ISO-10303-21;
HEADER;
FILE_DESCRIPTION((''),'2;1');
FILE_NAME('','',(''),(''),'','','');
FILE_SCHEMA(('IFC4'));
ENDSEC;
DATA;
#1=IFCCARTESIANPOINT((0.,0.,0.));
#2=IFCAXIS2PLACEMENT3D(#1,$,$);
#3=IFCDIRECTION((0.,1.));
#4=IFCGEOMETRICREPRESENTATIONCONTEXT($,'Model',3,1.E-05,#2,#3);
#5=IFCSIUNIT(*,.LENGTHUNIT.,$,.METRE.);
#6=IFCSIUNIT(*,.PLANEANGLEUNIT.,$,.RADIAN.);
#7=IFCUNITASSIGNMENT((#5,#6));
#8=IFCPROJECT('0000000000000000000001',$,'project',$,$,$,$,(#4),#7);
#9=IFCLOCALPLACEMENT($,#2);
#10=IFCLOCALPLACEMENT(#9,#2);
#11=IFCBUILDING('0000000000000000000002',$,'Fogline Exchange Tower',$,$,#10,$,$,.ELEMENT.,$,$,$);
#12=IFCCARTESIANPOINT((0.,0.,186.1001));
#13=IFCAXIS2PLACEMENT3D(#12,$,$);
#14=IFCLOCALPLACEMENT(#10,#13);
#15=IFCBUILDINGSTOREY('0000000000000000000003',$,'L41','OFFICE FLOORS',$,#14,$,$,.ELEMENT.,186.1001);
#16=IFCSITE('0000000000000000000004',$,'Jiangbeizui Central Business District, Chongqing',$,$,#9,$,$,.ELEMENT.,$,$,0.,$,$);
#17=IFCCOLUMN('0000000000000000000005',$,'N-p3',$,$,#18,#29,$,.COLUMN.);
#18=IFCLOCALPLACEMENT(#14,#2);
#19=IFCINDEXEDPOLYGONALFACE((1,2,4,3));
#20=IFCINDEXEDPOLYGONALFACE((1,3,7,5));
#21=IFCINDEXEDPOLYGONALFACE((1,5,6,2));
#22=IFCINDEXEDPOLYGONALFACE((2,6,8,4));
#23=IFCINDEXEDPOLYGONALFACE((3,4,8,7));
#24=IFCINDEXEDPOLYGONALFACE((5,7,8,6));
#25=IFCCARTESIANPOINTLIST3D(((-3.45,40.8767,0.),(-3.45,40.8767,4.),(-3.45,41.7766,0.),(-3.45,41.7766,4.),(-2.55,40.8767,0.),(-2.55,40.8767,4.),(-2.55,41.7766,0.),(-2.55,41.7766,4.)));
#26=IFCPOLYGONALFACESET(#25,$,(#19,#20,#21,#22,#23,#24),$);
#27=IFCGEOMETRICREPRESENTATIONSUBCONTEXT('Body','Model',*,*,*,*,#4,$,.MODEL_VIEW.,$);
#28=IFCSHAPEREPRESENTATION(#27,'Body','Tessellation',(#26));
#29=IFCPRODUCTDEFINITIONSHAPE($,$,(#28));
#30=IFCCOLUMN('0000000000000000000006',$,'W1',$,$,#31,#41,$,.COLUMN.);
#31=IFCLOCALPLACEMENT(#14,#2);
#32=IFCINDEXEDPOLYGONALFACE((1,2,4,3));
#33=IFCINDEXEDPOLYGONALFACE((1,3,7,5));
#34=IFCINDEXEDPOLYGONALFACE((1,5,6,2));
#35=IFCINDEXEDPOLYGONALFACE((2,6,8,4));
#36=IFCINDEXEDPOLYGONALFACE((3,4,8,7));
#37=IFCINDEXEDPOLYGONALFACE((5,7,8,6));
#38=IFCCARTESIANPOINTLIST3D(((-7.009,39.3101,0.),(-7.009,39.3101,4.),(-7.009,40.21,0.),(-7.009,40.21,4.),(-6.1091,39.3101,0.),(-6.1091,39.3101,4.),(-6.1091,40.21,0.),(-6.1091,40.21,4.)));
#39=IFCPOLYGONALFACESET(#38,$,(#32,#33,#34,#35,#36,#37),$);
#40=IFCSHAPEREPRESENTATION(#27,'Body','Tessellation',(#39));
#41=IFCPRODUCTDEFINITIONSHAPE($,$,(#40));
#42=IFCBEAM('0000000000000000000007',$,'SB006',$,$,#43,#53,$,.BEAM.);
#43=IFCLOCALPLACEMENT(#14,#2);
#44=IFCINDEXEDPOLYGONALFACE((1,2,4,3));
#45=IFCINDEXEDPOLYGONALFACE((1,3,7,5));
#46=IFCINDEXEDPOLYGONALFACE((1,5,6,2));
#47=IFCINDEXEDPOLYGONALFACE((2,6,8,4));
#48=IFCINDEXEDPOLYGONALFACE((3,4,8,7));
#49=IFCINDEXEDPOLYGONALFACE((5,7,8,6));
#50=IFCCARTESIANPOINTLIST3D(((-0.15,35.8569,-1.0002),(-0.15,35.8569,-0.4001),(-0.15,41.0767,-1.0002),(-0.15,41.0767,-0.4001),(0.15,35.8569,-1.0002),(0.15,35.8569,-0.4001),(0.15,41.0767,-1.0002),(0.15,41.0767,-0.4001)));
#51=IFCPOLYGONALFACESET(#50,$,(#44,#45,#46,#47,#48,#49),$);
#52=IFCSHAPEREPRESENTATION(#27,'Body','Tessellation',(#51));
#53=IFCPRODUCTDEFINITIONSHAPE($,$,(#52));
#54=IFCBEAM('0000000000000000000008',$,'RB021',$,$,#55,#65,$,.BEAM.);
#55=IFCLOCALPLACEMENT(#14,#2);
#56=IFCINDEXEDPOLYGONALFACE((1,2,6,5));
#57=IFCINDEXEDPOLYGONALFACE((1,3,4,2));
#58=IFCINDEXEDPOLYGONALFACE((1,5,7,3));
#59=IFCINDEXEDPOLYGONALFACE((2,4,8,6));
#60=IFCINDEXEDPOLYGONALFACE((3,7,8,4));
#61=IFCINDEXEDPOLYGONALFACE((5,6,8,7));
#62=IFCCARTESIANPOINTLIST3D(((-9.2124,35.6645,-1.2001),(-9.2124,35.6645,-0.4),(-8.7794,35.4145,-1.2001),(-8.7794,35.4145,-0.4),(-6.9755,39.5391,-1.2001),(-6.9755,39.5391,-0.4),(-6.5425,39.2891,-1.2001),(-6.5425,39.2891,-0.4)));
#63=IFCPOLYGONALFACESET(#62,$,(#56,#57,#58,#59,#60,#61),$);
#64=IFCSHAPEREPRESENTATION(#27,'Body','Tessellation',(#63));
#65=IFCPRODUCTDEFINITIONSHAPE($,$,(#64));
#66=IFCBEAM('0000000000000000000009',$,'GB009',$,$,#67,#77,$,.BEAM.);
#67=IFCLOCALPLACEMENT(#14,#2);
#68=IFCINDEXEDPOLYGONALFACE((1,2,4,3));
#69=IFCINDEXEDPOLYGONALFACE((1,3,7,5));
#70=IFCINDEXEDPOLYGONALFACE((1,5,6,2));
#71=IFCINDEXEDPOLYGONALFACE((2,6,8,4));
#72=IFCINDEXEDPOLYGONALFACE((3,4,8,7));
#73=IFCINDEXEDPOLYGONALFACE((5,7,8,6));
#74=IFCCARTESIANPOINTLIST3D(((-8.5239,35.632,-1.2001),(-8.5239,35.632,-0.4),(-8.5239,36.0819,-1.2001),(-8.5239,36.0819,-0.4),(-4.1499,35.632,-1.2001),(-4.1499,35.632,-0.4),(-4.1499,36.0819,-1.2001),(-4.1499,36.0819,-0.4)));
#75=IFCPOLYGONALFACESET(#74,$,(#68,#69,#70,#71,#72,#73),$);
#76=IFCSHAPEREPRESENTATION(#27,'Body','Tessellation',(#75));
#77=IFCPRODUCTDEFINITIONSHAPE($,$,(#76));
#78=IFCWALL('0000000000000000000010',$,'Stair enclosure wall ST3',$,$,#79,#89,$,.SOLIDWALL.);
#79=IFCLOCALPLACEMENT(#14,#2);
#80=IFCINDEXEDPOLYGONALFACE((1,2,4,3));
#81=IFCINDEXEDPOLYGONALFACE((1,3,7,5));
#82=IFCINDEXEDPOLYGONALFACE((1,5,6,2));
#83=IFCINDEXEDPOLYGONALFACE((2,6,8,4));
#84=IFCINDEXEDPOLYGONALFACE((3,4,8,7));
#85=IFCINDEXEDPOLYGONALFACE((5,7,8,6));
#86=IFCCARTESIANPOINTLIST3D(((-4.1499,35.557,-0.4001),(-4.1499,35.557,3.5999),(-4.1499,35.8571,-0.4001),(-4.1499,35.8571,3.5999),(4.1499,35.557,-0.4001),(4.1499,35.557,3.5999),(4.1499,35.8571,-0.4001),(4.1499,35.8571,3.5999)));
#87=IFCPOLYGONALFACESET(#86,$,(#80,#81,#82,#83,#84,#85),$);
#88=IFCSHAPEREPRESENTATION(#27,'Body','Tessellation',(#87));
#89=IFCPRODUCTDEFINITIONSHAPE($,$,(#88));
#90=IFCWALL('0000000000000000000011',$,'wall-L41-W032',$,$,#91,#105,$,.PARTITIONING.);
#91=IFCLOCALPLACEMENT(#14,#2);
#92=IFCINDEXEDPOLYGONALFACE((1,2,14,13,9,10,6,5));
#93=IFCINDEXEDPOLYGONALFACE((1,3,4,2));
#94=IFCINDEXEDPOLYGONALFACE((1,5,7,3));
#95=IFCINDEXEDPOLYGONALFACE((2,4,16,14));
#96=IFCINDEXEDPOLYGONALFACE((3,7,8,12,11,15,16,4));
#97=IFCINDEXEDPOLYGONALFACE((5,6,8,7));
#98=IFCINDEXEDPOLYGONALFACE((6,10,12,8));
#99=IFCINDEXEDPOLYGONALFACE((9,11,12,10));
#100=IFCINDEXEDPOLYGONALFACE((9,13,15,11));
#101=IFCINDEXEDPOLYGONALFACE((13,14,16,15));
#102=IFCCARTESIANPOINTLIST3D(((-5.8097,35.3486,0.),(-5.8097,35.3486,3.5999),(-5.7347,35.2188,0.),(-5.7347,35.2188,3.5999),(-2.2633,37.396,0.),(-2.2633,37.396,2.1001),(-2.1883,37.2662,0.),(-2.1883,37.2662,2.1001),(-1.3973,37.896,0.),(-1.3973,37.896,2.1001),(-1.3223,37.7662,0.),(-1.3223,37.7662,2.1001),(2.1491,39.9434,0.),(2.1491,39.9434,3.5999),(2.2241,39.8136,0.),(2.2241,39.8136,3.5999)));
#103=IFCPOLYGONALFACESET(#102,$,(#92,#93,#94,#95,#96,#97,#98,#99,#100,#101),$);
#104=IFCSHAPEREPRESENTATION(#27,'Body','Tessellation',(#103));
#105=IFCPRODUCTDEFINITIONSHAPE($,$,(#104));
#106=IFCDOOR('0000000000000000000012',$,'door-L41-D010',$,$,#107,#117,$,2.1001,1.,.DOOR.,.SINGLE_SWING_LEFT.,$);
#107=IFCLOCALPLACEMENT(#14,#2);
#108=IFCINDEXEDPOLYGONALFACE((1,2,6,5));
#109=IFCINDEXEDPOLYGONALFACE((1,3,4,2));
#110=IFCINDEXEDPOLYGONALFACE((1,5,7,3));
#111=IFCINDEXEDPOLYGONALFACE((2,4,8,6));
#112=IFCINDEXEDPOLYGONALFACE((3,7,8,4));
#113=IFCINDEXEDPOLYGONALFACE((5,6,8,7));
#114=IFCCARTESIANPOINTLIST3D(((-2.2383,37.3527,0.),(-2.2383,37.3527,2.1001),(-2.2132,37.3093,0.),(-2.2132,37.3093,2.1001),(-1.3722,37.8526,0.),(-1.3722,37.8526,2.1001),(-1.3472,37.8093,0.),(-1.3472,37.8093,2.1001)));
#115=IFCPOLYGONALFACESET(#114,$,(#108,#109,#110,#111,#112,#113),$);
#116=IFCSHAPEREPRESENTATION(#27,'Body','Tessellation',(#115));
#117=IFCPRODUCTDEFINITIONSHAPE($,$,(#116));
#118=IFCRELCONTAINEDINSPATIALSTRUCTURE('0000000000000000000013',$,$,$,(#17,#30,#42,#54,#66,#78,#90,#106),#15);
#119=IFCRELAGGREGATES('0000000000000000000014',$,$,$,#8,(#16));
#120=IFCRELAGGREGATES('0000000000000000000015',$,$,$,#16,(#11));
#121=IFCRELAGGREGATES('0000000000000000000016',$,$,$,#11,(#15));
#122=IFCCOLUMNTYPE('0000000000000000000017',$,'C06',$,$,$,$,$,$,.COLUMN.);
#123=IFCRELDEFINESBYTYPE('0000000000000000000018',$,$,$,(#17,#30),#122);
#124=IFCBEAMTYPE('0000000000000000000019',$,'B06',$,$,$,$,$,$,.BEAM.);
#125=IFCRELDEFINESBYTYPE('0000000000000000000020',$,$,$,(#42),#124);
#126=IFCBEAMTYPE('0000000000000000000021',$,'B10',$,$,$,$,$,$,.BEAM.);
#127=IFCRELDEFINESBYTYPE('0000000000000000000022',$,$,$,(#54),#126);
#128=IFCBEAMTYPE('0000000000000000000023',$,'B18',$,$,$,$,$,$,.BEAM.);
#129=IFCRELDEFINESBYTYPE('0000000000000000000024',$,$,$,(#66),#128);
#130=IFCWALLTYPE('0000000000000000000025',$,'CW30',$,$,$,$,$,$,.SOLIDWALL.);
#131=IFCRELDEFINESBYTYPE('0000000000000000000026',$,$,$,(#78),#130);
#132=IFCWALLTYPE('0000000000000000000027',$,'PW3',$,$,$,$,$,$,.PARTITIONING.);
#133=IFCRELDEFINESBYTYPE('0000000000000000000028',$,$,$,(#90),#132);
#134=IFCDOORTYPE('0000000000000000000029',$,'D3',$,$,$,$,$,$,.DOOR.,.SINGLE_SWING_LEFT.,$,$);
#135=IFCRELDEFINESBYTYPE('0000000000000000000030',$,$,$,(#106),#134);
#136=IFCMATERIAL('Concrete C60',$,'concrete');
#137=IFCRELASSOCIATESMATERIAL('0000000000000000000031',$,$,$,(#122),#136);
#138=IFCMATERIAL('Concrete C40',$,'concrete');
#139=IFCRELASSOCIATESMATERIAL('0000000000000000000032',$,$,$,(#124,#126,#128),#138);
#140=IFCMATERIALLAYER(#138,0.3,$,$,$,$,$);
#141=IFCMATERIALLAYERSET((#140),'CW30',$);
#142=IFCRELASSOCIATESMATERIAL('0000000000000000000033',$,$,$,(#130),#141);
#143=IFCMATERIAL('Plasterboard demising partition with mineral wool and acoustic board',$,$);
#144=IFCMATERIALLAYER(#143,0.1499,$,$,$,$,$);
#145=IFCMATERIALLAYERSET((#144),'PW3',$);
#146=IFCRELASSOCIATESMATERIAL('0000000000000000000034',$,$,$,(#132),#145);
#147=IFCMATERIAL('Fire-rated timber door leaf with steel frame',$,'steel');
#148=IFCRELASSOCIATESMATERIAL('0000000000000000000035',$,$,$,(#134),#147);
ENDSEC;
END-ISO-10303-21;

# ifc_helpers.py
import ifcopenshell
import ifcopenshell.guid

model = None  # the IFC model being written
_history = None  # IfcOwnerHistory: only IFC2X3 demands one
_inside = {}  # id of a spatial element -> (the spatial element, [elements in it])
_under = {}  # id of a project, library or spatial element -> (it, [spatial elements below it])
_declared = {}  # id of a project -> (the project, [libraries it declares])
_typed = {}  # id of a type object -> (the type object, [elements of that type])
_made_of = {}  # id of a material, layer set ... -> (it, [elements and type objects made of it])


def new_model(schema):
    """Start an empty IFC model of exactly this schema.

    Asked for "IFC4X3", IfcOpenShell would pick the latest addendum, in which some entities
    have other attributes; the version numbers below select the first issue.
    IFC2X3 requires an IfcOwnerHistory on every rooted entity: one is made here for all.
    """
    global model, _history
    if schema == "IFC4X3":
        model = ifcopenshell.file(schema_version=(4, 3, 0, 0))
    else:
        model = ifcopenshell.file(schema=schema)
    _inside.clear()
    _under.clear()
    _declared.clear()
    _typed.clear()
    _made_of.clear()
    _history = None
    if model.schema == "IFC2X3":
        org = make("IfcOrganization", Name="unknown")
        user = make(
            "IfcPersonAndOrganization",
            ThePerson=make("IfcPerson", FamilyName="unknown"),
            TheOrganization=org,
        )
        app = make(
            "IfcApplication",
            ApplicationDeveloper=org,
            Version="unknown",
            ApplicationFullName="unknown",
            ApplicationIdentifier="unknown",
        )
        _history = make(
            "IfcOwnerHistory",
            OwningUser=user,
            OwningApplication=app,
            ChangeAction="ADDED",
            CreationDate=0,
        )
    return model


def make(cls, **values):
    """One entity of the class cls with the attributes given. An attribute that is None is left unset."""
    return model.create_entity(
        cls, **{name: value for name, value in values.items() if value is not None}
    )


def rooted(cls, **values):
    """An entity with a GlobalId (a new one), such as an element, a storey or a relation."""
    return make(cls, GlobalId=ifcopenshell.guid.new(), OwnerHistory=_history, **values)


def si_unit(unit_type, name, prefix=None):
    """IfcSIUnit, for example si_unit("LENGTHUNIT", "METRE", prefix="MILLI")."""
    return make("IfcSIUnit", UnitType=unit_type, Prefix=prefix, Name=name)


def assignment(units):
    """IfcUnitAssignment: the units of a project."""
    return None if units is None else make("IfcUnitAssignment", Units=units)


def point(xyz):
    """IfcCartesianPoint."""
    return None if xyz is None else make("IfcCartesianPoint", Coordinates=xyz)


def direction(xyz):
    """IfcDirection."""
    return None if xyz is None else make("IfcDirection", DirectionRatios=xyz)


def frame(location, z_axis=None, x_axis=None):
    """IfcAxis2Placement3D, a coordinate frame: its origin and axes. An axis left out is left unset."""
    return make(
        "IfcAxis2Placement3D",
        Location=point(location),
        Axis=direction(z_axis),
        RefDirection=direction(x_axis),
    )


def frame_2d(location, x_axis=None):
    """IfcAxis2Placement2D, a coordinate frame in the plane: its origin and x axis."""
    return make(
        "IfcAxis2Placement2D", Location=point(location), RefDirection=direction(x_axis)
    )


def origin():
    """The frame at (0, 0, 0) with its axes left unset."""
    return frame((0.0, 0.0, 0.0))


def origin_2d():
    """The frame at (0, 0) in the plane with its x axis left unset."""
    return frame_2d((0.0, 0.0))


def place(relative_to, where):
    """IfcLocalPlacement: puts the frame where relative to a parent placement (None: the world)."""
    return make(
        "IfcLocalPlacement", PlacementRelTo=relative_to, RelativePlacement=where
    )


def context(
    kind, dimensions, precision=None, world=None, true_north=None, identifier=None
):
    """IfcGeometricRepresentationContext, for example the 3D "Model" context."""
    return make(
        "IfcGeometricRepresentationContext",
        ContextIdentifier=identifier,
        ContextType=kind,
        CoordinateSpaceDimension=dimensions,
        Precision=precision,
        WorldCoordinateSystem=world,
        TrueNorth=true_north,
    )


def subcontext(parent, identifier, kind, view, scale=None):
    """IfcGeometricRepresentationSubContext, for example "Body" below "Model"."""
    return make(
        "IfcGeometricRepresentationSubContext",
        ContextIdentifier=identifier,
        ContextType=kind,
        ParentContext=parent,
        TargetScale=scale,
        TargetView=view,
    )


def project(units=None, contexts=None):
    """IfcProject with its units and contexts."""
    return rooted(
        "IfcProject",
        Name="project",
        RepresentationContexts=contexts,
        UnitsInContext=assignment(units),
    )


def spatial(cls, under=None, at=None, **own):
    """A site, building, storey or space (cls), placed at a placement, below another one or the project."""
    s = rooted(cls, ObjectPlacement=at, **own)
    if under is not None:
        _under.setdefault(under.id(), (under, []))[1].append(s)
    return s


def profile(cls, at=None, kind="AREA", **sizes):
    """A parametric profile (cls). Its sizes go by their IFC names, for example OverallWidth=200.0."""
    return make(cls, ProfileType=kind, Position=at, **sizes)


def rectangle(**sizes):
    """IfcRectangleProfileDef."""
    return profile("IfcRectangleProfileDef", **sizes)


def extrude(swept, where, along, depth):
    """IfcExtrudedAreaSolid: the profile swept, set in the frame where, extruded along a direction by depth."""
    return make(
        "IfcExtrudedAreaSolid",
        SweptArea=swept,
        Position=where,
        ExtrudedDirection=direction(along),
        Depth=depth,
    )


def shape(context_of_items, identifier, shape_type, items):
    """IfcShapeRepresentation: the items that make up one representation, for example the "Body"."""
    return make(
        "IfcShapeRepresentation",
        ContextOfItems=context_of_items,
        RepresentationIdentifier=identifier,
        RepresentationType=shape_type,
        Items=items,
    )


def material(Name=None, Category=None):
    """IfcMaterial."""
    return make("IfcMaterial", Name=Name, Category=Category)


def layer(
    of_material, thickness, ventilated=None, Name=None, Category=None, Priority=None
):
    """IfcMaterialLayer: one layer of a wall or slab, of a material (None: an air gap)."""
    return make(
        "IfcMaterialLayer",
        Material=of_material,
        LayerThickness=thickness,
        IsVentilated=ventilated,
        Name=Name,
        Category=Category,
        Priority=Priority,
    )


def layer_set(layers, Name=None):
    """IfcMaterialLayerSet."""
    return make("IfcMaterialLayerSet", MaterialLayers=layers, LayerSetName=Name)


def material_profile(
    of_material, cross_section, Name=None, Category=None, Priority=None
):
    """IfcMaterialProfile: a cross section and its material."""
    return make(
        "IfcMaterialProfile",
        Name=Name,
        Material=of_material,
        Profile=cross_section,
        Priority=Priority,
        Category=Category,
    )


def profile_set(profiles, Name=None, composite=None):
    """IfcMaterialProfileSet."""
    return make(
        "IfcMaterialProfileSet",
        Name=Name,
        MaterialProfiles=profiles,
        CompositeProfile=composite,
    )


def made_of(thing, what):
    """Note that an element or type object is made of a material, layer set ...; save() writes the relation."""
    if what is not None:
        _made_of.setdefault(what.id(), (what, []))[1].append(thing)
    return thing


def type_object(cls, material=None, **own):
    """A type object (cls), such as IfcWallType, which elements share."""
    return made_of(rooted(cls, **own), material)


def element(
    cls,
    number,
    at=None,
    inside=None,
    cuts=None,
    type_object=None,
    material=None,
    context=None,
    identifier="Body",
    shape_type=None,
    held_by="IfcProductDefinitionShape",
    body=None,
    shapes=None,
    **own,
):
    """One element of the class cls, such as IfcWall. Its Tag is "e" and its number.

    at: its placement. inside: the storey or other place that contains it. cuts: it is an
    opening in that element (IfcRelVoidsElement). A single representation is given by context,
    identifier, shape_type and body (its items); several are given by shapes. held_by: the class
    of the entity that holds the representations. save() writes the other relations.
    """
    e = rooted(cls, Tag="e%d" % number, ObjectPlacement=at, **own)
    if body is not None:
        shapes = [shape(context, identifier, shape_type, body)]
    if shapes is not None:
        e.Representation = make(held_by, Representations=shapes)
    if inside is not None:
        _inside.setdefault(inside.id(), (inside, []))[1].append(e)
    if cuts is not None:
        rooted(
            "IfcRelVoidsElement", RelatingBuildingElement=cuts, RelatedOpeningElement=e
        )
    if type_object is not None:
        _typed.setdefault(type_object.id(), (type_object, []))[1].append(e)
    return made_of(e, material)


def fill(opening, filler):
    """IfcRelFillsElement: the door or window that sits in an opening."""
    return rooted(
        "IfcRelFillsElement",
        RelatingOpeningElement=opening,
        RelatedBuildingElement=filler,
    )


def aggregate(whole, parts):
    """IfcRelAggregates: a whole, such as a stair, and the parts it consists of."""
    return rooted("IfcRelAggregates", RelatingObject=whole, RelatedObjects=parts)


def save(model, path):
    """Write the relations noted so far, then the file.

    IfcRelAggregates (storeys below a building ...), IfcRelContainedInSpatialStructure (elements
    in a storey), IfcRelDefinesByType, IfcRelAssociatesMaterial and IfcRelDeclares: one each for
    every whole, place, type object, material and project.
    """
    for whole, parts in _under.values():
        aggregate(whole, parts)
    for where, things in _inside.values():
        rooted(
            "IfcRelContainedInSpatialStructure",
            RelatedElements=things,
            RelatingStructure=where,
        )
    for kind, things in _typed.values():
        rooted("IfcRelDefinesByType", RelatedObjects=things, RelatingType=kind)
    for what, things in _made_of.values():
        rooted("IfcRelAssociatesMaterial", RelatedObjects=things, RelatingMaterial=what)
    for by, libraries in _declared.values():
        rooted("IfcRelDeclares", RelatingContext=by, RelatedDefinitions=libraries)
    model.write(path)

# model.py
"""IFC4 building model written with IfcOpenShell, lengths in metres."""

from ifc_helpers import new_model, si_unit, direction, frame, frame_2d, origin, origin_2d, place, context, subcontext, project, spatial, rectangle, extrude, material, layer, layer_set, material_profile, profile_set, type_object, element, fill, save


model = new_model("IFC4")

# Units and contexts
model_context = context("Model", 3, precision=1e-05, world=origin(), true_north=direction((0.0, 1.0)))
body_context = subcontext(model_context, "Body", "Model", "MODEL_VIEW")
ifc_project = project(units=[si_unit("LENGTHUNIT", "METRE"), si_unit("PLANEANGLEUNIT", "RADIAN")], contexts=[model_context])

# Site, building, storey
site_placement = place(None, origin())
site = spatial("IfcSite", under=ifc_project, at=site_placement, Name="Jiangbeizui Central Business District, Chongqing", CompositionType="ELEMENT", RefElevation=0.0)
building_placement = place(site_placement, origin())
building = spatial("IfcBuilding", under=site, at=building_placement, Name="Fogline Exchange Tower", CompositionType="ELEMENT")
storey_placement = place(building_placement, frame((0.0, 0.0, 186.1001)))
storey = spatial("IfcBuildingStorey", under=building, at=storey_placement, Name="L41", Description="OFFICE FLOORS", CompositionType="ELEMENT", Elevation=186.1001)

# Columns
ifc_material_1 = material(Name="Concrete C60", Category="concrete")
ifc_material_profile_1 = material_profile(ifc_material_1, rectangle(XDim=0.8999, YDim=0.8999, at=origin_2d()), Name="RC 900x900")
ifc_profile_set_1 = profile_set([ifc_material_profile_1], Name="Concrete C60")
column_type = type_object("IfcColumnType", Name="C06", PredefinedType="COLUMN", material=ifc_profile_set_1)
for number, where, z_axis, x_axis, name in (
    (1, (-3.0, 41.3267, 0.0), (0.0, 0.0, 1.0), (1.0, 0.0, 0.0), "N-p3"),
    (2, (-6.5591, 39.76, 0.0), (0.0, 0.0, 1.0), (1.0, 0.0, 0.0), "W1"),
):
    element("IfcColumn", number, at=place(storey_placement, frame(where, z_axis=z_axis, x_axis=x_axis)), inside=storey, type_object=column_type, Name=name, PredefinedType="COLUMN", context=body_context, shape_type="SweptSolid", body=[
        extrude(rectangle(XDim=0.8999, YDim=0.8999, at=origin_2d()), origin(), (0.0, 0.0, 1.0), 4.0),
    ])

# Beams
ifc_material_2 = material(Name="Concrete C40", Category="concrete")
ifc_material_profile_2 = material_profile(ifc_material_2, rectangle(XDim=0.3, YDim=0.6001, at=origin_2d()), Name="RC 300x600")
ifc_profile_set_2 = profile_set([ifc_material_profile_2], Name="Concrete C40")
beam_type_1 = type_object("IfcBeamType", Name="B06", PredefinedType="BEAM", material=ifc_profile_set_2)
beam_1_placement = place(storey_placement, frame((0.0, 35.8569, -0.7002), z_axis=(0.0, 1.0, 0.0), x_axis=(-1.0, 0.0, 0.0)))
element("IfcBeam", 3, at=beam_1_placement, inside=storey, type_object=beam_type_1, Name="SB006", PredefinedType="BEAM", context=body_context, shape_type="SweptSolid", body=[
    extrude(rectangle(XDim=0.3, YDim=0.6001, at=origin_2d()), origin(), (0.0, 0.0, 1.0), 5.2197),
])
ifc_material_profile_3 = material_profile(ifc_material_2, rectangle(XDim=0.5, YDim=0.8, at=origin_2d()), Name="RC 500x800")
ifc_profile_set_3 = profile_set([ifc_material_profile_3], Name="Concrete C40")
beam_type_2 = type_object("IfcBeamType", Name="B10", PredefinedType="BEAM", material=ifc_profile_set_3)
beam_2_placement = place(storey_placement, frame((-6.759, 39.4141, -0.8), z_axis=(-0.499978, -0.866038, 0.0), x_axis=(0.866038, -0.499978, 0.0)))
element("IfcBeam", 4, at=beam_2_placement, inside=storey, type_object=beam_type_2, Name="RB021", PredefinedType="BEAM", context=body_context, shape_type="SweptSolid", body=[
    extrude(rectangle(XDim=0.5, YDim=0.8, at=origin_2d()), origin(), (0.0, 0.0, 1.0), 4.4739),
])
ifc_material_profile_4 = material_profile(ifc_material_2, rectangle(XDim=0.45, YDim=0.8, at=origin_2d()), Name="RC 450x800")
ifc_profile_set_4 = profile_set([ifc_material_profile_4], Name="Concrete C40")
beam_type_3 = type_object("IfcBeamType", Name="B18", PredefinedType="BEAM", material=ifc_profile_set_4)
beam_3_placement = place(storey_placement, frame((-8.5239, 35.8569, -0.8), z_axis=(1.0, 0.0, 0.0), x_axis=(0.0, 1.0, 0.0)))
element("IfcBeam", 5, at=beam_3_placement, inside=storey, type_object=beam_type_3, Name="GB009", PredefinedType="BEAM", context=body_context, shape_type="SweptSolid", body=[
    extrude(rectangle(XDim=0.45, YDim=0.8, at=origin_2d()), origin(), (0.0, 0.0, 1.0), 4.374),
])

# Wall
ifc_layer_1 = layer(ifc_material_2, 0.3)
ifc_layer_set_1 = layer_set([ifc_layer_1], Name="CW30")
wall_type_1 = type_object("IfcWallType", Name="CW30", PredefinedType="SOLIDWALL", material=ifc_layer_set_1)
wall_1_placement = place(storey_placement, frame((-4.1499, 35.707, -0.4001), z_axis=(0.0, 0.0, 1.0), x_axis=(1.0, 0.0, 0.0)))
element("IfcWall", 6, at=wall_1_placement, inside=storey, type_object=wall_type_1, Name="Stair enclosure wall ST3", PredefinedType="SOLIDWALL", context=body_context, shape_type="SweptSolid", body=[
    extrude(rectangle(XDim=8.2998, YDim=0.3, at=frame_2d((4.1499, 0.0))), origin(), (0.0, 0.0, 1.0), 4.0),
])

# Wall, opening, door
ifc_material_3 = material(Name="Plasterboard demising partition with mineral wool and acoustic board")
ifc_layer_2 = layer(ifc_material_3, 0.1499)
ifc_layer_set_2 = layer_set([ifc_layer_2], Name="PW3")
wall_type_2 = type_object("IfcWallType", Name="PW3", PredefinedType="PARTITIONING", material=ifc_layer_set_2)
wall_2_placement = place(storey_placement, frame((-5.7722, 35.2837, 0.0), z_axis=(0.0, 0.0, 1.0), x_axis=(0.866037, 0.499979, 0.0)))
wall_2 = element("IfcWall", 7, at=wall_2_placement, inside=storey, type_object=wall_type_2, Name="wall-L41-W032", PredefinedType="PARTITIONING", context=body_context, shape_type="SweptSolid", body=[
    extrude(rectangle(XDim=9.1899, YDim=0.1499, at=frame_2d((4.595, 0.0))), origin(), (0.0, 0.0, 1.0), 3.5999),
])
opening_placement = place(wall_2_placement, frame((4.095, 0.0, 0.0)))
opening = element("IfcOpeningElement", 8, at=opening_placement, cuts=wall_2, PredefinedType="OPENING", context=body_context, shape_type="SweptSolid", body=[
    extrude(rectangle(XDim=1.0, YDim=2.1001, at=frame_2d((0.5, 1.05))), frame((0.0, 0.085, 0.0), z_axis=(0.0, -1.0, 0.0), x_axis=(1.0, 0.0, 0.0)), (0.0, 0.0, 1.0), 0.1699),
])
ifc_material_4 = material(Name="Fire-rated timber door leaf with steel frame", Category="steel")
door_type = type_object("IfcDoorType", Name="D3", OperationType="SINGLE_SWING_LEFT", PredefinedType="DOOR", material=ifc_material_4)
door_placement = place(opening_placement, origin())
door = element("IfcDoor", 9, at=door_placement, inside=storey, type_object=door_type, Name="door-L41-D010", OperationType="SINGLE_SWING_LEFT", OverallHeight=2.1001, OverallWidth=1.0, PredefinedType="DOOR", context=body_context, shape_type="SweptSolid", body=[
    extrude(rectangle(XDim=1.0, YDim=2.1001, at=frame_2d((0.5, 1.05))), frame((0.0, 0.0249, 0.0), z_axis=(0.0, -1.0, 0.0), x_axis=(1.0, 0.0, 0.0)), (0.0, 0.0, 1.0), 0.05),
])
fill(opening, door)

save(model, "model.ifc")
